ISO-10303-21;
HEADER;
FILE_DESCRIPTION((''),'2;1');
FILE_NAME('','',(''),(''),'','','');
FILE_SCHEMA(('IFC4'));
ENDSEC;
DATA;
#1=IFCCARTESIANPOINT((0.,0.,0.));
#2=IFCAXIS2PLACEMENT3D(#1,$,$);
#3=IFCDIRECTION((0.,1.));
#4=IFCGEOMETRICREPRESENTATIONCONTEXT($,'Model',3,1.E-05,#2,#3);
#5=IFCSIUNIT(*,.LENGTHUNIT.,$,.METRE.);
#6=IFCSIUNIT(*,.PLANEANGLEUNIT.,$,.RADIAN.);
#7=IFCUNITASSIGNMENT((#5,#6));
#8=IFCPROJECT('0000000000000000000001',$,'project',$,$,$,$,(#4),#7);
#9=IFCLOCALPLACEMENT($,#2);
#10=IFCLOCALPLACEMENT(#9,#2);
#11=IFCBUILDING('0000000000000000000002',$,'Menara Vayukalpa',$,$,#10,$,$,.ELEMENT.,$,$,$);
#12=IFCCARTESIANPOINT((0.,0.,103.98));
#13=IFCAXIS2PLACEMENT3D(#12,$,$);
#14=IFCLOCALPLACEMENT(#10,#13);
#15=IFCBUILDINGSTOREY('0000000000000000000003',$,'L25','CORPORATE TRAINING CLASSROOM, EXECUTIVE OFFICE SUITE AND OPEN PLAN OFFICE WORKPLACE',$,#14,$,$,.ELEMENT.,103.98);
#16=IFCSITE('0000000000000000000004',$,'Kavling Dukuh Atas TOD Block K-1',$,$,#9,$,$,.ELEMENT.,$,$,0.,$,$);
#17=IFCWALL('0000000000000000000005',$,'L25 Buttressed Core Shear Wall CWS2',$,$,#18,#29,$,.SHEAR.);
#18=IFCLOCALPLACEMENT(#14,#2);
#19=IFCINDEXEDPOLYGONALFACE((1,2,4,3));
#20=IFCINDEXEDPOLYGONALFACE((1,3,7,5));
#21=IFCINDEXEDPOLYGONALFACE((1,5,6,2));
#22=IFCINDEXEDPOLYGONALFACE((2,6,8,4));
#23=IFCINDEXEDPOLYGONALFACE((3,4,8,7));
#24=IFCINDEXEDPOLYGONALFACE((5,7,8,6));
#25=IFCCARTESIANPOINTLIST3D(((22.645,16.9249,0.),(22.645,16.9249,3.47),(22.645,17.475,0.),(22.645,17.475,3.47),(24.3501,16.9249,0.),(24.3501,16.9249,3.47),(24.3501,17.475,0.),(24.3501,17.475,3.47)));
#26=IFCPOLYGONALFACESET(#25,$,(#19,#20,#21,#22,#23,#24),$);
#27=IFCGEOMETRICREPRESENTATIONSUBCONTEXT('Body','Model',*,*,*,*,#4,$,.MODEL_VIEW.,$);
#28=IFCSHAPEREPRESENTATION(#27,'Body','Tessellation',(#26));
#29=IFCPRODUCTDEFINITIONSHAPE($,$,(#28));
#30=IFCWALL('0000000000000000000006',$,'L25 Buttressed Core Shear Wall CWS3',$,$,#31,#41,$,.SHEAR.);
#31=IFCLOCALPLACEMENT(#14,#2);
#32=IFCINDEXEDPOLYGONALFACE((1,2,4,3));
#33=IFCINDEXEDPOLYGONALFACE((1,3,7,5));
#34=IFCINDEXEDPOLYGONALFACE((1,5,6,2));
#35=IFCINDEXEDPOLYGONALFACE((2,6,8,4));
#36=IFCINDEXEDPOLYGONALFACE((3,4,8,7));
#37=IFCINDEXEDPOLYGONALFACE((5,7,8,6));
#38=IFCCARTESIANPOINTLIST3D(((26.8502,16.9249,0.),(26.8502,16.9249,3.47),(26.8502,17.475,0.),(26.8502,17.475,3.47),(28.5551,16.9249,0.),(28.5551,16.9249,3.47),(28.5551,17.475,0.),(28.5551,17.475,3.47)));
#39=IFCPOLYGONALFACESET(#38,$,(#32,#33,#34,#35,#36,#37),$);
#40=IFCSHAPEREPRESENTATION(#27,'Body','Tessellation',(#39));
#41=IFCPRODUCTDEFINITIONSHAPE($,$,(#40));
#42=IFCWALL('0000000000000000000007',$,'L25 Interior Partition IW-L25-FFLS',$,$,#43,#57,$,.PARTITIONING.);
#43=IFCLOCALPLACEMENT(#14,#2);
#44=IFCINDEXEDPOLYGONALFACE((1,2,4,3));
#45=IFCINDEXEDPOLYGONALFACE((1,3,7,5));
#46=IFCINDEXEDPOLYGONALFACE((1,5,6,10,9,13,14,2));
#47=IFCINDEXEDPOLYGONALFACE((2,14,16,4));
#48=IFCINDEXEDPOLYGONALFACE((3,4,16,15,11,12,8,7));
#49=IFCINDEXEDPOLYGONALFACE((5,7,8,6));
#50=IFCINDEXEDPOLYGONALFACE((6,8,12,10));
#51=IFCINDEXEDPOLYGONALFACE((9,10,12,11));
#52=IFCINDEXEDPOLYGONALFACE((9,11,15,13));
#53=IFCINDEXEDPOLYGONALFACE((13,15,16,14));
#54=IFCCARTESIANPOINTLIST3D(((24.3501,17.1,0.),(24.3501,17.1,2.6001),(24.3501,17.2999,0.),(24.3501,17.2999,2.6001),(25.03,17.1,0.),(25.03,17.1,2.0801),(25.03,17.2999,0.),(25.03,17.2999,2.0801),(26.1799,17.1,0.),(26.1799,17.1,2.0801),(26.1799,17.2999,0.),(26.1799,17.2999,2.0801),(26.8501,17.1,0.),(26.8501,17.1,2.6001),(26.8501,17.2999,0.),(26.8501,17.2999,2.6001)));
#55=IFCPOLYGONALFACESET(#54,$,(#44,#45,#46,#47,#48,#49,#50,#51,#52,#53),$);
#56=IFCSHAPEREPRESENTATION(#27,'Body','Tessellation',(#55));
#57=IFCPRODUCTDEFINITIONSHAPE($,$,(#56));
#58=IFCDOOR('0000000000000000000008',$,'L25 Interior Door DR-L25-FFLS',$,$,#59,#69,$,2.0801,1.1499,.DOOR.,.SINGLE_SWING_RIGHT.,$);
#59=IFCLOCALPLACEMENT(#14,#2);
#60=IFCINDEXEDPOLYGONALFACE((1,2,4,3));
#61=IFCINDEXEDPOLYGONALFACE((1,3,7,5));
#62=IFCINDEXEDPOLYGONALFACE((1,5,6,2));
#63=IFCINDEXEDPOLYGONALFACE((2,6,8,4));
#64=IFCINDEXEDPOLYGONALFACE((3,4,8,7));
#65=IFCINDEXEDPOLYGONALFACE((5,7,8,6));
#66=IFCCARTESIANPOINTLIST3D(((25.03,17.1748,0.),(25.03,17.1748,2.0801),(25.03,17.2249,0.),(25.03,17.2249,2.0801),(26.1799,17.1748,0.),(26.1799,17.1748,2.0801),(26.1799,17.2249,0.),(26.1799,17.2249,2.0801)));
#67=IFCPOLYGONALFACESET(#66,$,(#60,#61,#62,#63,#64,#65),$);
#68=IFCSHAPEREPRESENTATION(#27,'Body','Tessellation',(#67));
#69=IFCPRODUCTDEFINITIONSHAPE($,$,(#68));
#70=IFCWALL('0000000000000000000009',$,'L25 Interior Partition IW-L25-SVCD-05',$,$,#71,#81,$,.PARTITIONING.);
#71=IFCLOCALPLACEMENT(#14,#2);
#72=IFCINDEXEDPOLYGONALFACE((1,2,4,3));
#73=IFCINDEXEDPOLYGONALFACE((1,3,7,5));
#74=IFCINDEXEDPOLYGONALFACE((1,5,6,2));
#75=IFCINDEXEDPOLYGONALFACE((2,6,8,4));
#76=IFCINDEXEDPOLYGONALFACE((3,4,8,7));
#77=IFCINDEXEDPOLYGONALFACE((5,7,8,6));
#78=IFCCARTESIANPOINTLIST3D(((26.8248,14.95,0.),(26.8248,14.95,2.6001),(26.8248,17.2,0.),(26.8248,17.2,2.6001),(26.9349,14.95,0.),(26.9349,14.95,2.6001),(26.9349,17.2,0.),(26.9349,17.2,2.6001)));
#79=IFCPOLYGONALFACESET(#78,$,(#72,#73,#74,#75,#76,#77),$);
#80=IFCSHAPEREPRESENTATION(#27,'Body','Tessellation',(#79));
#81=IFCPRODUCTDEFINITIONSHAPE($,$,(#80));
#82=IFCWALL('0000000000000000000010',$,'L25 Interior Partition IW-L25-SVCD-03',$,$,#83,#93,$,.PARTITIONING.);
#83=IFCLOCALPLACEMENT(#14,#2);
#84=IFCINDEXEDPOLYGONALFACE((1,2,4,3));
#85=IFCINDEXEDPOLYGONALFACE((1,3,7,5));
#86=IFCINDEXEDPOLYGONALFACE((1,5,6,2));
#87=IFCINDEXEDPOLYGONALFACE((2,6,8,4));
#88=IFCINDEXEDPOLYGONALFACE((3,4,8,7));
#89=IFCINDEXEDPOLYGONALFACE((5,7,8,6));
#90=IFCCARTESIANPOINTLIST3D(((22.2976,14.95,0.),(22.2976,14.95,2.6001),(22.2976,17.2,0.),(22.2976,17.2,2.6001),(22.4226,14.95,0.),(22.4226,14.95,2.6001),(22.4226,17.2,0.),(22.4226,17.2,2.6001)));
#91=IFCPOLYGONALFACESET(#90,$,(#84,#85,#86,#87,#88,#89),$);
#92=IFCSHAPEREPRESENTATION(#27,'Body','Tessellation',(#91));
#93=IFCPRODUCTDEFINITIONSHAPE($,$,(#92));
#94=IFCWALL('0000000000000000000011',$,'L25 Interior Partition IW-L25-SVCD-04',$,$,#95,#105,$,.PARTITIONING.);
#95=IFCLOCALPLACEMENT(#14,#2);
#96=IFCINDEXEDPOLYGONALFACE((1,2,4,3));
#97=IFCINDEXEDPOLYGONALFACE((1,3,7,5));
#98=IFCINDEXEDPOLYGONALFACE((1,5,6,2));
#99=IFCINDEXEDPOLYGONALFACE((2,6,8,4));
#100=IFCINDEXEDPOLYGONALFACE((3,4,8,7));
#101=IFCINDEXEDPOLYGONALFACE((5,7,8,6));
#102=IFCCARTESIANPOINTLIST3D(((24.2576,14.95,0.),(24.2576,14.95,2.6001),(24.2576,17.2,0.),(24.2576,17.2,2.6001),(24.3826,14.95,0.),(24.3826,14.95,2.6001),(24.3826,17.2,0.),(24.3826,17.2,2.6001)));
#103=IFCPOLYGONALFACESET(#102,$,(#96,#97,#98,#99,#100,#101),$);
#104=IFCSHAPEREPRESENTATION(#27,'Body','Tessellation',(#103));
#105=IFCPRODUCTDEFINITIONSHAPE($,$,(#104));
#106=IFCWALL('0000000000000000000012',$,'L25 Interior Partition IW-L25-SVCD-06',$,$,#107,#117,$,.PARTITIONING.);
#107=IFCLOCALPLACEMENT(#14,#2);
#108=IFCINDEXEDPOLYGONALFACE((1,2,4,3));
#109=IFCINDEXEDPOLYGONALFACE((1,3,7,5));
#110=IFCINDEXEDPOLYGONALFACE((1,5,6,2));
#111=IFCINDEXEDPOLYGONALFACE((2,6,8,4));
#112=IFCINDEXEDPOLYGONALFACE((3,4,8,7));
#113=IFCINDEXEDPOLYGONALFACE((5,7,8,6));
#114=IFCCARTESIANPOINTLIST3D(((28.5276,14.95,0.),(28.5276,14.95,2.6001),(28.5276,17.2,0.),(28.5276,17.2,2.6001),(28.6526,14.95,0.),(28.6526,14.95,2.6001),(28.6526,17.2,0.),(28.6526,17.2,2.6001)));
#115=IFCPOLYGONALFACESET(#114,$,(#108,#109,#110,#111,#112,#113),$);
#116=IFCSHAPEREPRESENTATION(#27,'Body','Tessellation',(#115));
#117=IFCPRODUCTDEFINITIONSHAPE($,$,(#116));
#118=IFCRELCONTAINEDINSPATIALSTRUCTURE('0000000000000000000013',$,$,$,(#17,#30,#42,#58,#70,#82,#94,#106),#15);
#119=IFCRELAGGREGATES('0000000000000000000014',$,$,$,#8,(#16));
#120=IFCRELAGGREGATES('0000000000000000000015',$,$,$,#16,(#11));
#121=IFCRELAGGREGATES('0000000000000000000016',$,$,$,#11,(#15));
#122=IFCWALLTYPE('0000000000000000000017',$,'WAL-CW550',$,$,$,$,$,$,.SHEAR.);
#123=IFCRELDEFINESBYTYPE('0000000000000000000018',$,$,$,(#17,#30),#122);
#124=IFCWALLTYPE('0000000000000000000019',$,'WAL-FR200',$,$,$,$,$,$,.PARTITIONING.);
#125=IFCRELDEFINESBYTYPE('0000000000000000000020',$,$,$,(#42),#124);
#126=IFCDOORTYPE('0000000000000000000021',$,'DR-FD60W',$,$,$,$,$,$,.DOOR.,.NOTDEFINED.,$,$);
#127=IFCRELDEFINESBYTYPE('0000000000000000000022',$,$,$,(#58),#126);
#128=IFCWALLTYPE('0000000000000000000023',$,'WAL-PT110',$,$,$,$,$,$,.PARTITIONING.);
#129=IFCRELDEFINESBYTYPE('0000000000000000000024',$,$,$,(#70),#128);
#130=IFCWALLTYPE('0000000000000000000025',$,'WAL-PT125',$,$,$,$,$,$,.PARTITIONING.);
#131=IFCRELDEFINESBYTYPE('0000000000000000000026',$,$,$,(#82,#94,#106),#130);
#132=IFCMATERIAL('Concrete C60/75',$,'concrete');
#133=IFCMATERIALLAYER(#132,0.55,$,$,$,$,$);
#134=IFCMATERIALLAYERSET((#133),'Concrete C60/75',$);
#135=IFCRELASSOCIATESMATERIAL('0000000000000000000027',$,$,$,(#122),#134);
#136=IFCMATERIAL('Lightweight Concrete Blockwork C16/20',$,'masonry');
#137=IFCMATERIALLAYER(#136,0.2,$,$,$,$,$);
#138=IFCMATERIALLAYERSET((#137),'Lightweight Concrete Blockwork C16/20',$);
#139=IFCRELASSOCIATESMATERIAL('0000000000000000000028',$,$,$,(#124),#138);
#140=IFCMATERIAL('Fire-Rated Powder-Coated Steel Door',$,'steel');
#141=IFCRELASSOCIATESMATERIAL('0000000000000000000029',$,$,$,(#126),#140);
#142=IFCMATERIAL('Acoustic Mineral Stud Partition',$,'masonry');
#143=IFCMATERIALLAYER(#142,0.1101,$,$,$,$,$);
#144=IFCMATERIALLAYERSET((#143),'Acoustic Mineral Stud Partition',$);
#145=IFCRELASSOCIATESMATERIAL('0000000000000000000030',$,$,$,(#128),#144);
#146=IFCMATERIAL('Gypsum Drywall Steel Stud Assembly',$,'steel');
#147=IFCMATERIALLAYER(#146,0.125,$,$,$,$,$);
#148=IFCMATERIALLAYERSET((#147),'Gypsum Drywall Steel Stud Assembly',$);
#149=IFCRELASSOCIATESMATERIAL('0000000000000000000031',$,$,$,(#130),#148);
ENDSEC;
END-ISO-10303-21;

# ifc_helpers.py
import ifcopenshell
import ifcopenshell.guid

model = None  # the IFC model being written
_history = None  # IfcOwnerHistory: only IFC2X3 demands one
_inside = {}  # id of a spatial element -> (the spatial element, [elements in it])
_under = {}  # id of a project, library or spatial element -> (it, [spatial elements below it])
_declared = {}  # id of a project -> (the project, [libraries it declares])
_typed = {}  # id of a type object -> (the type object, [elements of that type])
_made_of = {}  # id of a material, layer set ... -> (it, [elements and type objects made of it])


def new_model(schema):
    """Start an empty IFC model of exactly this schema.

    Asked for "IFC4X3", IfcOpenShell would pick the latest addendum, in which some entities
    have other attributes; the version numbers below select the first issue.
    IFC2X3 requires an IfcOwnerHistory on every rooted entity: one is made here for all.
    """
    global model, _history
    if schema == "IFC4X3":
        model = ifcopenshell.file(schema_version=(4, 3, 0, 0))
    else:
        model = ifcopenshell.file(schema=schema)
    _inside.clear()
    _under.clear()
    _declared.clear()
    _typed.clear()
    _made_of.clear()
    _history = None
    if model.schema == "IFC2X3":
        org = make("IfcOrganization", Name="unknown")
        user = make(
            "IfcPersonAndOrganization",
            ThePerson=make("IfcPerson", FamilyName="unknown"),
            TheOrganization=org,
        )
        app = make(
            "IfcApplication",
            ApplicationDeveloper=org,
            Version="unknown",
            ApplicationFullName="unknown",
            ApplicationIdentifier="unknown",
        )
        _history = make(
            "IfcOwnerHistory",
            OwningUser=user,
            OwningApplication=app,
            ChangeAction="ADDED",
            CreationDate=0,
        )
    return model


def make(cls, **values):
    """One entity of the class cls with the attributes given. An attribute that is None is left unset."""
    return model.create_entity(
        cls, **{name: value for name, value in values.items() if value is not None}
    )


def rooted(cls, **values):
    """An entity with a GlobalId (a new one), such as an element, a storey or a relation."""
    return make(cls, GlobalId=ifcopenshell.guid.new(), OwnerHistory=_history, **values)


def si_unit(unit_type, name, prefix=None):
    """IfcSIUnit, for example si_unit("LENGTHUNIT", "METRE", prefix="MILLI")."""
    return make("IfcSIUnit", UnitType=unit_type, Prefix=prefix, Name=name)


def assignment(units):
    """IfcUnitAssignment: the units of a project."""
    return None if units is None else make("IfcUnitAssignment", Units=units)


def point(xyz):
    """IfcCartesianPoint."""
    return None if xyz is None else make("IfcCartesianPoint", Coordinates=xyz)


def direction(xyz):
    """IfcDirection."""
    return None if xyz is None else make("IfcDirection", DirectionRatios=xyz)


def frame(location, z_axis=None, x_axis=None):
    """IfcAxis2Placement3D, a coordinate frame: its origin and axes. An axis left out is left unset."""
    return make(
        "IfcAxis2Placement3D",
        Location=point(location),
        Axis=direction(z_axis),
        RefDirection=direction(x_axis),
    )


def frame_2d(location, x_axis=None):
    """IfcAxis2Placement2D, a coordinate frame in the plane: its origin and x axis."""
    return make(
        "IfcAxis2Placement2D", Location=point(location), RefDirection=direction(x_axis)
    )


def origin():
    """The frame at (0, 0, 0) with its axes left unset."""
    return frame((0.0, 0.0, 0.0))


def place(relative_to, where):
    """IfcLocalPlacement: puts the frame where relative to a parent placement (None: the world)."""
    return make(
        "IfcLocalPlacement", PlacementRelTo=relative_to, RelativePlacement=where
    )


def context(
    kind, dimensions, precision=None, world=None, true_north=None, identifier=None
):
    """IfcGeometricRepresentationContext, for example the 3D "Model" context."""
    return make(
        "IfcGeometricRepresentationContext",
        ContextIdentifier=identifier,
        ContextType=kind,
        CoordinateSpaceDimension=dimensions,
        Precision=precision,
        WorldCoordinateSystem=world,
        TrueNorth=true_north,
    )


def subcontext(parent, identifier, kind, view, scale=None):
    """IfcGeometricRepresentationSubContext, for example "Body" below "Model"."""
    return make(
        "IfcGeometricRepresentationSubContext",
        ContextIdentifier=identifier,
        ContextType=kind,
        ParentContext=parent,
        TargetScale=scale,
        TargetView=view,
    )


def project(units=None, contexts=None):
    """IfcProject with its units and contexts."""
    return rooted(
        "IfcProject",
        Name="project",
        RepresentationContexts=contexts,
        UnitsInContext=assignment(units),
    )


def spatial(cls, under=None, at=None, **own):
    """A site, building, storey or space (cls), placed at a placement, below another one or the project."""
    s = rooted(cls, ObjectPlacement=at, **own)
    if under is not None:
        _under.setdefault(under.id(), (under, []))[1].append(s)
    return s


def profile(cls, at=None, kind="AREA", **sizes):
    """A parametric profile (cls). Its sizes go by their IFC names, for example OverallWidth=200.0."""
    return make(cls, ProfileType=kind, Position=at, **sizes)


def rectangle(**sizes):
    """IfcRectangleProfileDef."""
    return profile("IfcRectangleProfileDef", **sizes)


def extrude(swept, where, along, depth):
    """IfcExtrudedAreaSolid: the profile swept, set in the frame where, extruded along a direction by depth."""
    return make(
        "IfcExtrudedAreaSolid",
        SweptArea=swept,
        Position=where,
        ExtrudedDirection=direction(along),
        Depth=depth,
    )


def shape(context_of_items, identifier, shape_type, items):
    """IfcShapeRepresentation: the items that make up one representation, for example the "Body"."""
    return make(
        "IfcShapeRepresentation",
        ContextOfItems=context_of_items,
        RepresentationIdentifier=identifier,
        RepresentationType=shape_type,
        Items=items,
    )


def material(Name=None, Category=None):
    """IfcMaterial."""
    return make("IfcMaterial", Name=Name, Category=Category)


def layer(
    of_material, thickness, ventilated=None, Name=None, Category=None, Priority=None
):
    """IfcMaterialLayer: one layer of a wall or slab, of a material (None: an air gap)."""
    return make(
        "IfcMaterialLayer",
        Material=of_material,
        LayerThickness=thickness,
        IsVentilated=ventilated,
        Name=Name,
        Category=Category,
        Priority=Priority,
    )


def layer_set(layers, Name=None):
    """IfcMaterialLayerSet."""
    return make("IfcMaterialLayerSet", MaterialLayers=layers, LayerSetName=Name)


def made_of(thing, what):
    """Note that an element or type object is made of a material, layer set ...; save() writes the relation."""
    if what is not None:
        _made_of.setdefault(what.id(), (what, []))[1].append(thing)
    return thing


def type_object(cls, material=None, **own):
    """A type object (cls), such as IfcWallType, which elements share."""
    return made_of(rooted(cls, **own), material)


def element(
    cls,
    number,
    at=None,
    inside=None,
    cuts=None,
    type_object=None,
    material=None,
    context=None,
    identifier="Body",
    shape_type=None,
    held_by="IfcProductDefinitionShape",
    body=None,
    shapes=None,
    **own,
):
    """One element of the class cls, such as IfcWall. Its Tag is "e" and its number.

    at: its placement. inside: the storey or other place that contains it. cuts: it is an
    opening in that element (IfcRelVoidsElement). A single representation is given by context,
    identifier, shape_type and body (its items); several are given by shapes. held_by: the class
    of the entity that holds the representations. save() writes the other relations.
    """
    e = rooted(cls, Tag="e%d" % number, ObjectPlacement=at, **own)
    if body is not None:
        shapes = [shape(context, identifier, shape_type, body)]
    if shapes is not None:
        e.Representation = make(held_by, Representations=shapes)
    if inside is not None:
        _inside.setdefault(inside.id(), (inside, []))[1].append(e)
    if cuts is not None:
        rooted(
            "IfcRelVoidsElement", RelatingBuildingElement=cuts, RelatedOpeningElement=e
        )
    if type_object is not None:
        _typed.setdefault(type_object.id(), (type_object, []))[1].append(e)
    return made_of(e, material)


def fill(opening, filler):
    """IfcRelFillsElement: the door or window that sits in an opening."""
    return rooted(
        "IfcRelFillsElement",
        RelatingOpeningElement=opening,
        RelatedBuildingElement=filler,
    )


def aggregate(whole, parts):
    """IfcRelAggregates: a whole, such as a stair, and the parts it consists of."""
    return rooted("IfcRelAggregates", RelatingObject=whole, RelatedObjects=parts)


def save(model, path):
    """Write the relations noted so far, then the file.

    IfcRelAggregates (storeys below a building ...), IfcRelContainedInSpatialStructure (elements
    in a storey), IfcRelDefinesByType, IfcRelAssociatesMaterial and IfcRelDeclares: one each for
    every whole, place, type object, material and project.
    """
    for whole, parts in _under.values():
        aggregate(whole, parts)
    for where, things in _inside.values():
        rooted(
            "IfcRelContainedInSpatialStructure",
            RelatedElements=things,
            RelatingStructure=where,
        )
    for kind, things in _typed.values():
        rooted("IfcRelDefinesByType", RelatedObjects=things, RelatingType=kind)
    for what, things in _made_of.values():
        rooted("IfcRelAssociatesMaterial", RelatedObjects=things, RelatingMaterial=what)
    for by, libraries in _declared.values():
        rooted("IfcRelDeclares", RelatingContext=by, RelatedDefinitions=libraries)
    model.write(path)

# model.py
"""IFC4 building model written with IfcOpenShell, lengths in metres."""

from ifc_helpers import new_model, si_unit, direction, frame, frame_2d, origin, place, context, subcontext, project, spatial, rectangle, extrude, material, layer, layer_set, type_object, element, fill, save


model = new_model("IFC4")

# Units and contexts
model_context = context("Model", 3, precision=1e-05, world=origin(), true_north=direction((0.0, 1.0)))
body_context = subcontext(model_context, "Body", "Model", "MODEL_VIEW")
ifc_project = project(units=[si_unit("LENGTHUNIT", "METRE"), si_unit("PLANEANGLEUNIT", "RADIAN")], contexts=[model_context])

# Site, building, storey
site_placement = place(None, origin())
site = spatial("IfcSite", under=ifc_project, at=site_placement, Name="Kavling Dukuh Atas TOD Block K-1", CompositionType="ELEMENT", RefElevation=0.0)
building_placement = place(site_placement, origin())
building = spatial("IfcBuilding", under=site, at=building_placement, Name="Menara Vayukalpa", CompositionType="ELEMENT")
storey_placement = place(building_placement, frame((0.0, 0.0, 103.98)))
storey = spatial("IfcBuildingStorey", under=building, at=storey_placement, Name="L25", Description="CORPORATE TRAINING CLASSROOM, EXECUTIVE OFFICE SUITE AND OPEN PLAN OFFICE WORKPLACE", CompositionType="ELEMENT", Elevation=103.98)

# Walls
ifc_material_1 = material(Name="Concrete C60/75", Category="concrete")
ifc_layer_1 = layer(ifc_material_1, 0.55)
ifc_layer_set_1 = layer_set([ifc_layer_1], Name="Concrete C60/75")
wall_type_1 = type_object("IfcWallType", Name="WAL-CW550", PredefinedType="SHEAR", material=ifc_layer_set_1)
wall_1_placement = place(storey_placement, frame((22.645, 17.2, 0.0), z_axis=(0.0, 0.0, 1.0), x_axis=(1.0, 0.0, 0.0)))
element("IfcWall", 1, at=wall_1_placement, inside=storey, type_object=wall_type_1, Name="L25 Buttressed Core Shear Wall CWS2", PredefinedType="SHEAR", context=body_context, shape_type="SweptSolid", body=[
    extrude(rectangle(XDim=1.7051, YDim=0.55, at=frame_2d((0.8525, 0.0))), origin(), (0.0, 0.0, 1.0), 3.47),
])
wall_2_placement = place(storey_placement, frame((26.8501, 17.2, 0.0), z_axis=(0.0, 0.0, 1.0), x_axis=(1.0, 0.0, 0.0)))
element("IfcWall", 2, at=wall_2_placement, inside=storey, type_object=wall_type_1, Name="L25 Buttressed Core Shear Wall CWS3", PredefinedType="SHEAR", context=body_context, shape_type="SweptSolid", body=[
    extrude(rectangle(XDim=1.7048, YDim=0.55, at=frame_2d((0.8525, 0.0))), origin(), (0.0, 0.0, 1.0), 3.47),
])

# Wall, opening, door
ifc_material_2 = material(Name="Lightweight Concrete Blockwork C16/20", Category="masonry")
ifc_layer_2 = layer(ifc_material_2, 0.2)
ifc_layer_set_2 = layer_set([ifc_layer_2], Name="Lightweight Concrete Blockwork C16/20")
wall_type_2 = type_object("IfcWallType", Name="WAL-FR200", PredefinedType="PARTITIONING", material=ifc_layer_set_2)
wall_3_placement = place(storey_placement, frame((24.3501, 17.2, 0.0), z_axis=(0.0, 0.0, 1.0), x_axis=(1.0, 0.0, 0.0)))
wall_3 = element("IfcWall", 3, at=wall_3_placement, inside=storey, type_object=wall_type_2, Name="L25 Interior Partition IW-L25-FFLS", PredefinedType="PARTITIONING", context=body_context, shape_type="SweptSolid", body=[
    extrude(rectangle(XDim=2.5, YDim=0.2, at=frame_2d((1.25, 0.0))), origin(), (0.0, 0.0, 1.0), 2.6001),
])
opening_1_placement = place(wall_3_placement, frame((0.6799, 0.0, 0.0)))
opening_1 = element("IfcOpeningElement", 4, at=opening_1_placement, cuts=wall_3, PredefinedType="OPENING", context=body_context, shape_type="SweptSolid", body=[
    extrude(rectangle(XDim=1.1499, YDim=2.0801, at=frame_2d((0.575, 1.04))), frame((0.0, 0.1099, 0.0), z_axis=(0.0, -1.0, 0.0), x_axis=(1.0, 0.0, 0.0)), (0.0, 0.0, 1.0), 0.22),
])
ifc_material_3 = material(Name="Fire-Rated Powder-Coated Steel Door", Category="steel")
door_type_1 = type_object("IfcDoorType", Name="DR-FD60W", OperationType="NOTDEFINED", PredefinedType="DOOR", material=ifc_material_3)
door_1_placement = place(opening_1_placement, origin())
door_1 = element("IfcDoor", 5, at=door_1_placement, inside=storey, type_object=door_type_1, Name="L25 Interior Door DR-L25-FFLS", OperationType="SINGLE_SWING_RIGHT", OverallHeight=2.0801, OverallWidth=1.1499, PredefinedType="DOOR", context=body_context, shape_type="SweptSolid", body=[
    extrude(rectangle(XDim=1.1499, YDim=2.0801, at=frame_2d((0.575, 1.04))), frame((0.0, 0.0249, 0.0), z_axis=(0.0, -1.0, 0.0), x_axis=(1.0, 0.0, 0.0)), (0.0, 0.0, 1.0), 0.05),
])
fill(opening_1, door_1)

# Walls
ifc_material_4 = material(Name="Acoustic Mineral Stud Partition", Category="masonry")
ifc_layer_3 = layer(ifc_material_4, 0.1101)
ifc_layer_set_3 = layer_set([ifc_layer_3], Name="Acoustic Mineral Stud Partition")
wall_type_3 = type_object("IfcWallType", Name="WAL-PT110", PredefinedType="PARTITIONING", material=ifc_layer_set_3)
wall_4_placement = place(storey_placement, frame((26.8799, 14.95, 0.0), z_axis=(0.0, 0.0, 1.0), x_axis=(0.0, 1.0, 0.0)))
element("IfcWall", 6, at=wall_4_placement, inside=storey, type_object=wall_type_3, Name="L25 Interior Partition IW-L25-SVCD-05", PredefinedType="PARTITIONING", context=body_context, shape_type="SweptSolid", body=[
    extrude(rectangle(XDim=2.25, YDim=0.1101, at=frame_2d((1.125, 0.0))), origin(), (0.0, 0.0, 1.0), 2.6001),
])
ifc_material_5 = material(Name="Gypsum Drywall Steel Stud Assembly", Category="steel")
ifc_layer_4 = layer(ifc_material_5, 0.125)
ifc_layer_set_4 = layer_set([ifc_layer_4], Name="Gypsum Drywall Steel Stud Assembly")
wall_type_4 = type_object("IfcWallType", Name="WAL-PT125", PredefinedType="PARTITIONING", material=ifc_layer_set_4)
for number, where, z_axis, x_axis, name in (
    (7, (22.3601, 14.95, 0.0), (0.0, 0.0, 1.0), (0.0, 1.0, 0.0), "L25 Interior Partition IW-L25-SVCD-03"),
    (8, (24.3201, 14.95, 0.0), (0.0, 0.0, 1.0), (0.0, 1.0, 0.0), "L25 Interior Partition IW-L25-SVCD-04"),
    (9, (28.5901, 14.95, 0.0), (0.0, 0.0, 1.0), (0.0, 1.0, 0.0), "L25 Interior Partition IW-L25-SVCD-06"),
):
    element("IfcWall", number, at=place(storey_placement, frame(where, z_axis=z_axis, x_axis=x_axis)), inside=storey, type_object=wall_type_4, Name=name, PredefinedType="PARTITIONING", context=body_context, shape_type="SweptSolid", body=[
        extrude(rectangle(XDim=2.25, YDim=0.125, at=frame_2d((1.125, 0.0))), origin(), (0.0, 0.0, 1.0), 2.6001),
    ])

save(model, "model.ifc")
